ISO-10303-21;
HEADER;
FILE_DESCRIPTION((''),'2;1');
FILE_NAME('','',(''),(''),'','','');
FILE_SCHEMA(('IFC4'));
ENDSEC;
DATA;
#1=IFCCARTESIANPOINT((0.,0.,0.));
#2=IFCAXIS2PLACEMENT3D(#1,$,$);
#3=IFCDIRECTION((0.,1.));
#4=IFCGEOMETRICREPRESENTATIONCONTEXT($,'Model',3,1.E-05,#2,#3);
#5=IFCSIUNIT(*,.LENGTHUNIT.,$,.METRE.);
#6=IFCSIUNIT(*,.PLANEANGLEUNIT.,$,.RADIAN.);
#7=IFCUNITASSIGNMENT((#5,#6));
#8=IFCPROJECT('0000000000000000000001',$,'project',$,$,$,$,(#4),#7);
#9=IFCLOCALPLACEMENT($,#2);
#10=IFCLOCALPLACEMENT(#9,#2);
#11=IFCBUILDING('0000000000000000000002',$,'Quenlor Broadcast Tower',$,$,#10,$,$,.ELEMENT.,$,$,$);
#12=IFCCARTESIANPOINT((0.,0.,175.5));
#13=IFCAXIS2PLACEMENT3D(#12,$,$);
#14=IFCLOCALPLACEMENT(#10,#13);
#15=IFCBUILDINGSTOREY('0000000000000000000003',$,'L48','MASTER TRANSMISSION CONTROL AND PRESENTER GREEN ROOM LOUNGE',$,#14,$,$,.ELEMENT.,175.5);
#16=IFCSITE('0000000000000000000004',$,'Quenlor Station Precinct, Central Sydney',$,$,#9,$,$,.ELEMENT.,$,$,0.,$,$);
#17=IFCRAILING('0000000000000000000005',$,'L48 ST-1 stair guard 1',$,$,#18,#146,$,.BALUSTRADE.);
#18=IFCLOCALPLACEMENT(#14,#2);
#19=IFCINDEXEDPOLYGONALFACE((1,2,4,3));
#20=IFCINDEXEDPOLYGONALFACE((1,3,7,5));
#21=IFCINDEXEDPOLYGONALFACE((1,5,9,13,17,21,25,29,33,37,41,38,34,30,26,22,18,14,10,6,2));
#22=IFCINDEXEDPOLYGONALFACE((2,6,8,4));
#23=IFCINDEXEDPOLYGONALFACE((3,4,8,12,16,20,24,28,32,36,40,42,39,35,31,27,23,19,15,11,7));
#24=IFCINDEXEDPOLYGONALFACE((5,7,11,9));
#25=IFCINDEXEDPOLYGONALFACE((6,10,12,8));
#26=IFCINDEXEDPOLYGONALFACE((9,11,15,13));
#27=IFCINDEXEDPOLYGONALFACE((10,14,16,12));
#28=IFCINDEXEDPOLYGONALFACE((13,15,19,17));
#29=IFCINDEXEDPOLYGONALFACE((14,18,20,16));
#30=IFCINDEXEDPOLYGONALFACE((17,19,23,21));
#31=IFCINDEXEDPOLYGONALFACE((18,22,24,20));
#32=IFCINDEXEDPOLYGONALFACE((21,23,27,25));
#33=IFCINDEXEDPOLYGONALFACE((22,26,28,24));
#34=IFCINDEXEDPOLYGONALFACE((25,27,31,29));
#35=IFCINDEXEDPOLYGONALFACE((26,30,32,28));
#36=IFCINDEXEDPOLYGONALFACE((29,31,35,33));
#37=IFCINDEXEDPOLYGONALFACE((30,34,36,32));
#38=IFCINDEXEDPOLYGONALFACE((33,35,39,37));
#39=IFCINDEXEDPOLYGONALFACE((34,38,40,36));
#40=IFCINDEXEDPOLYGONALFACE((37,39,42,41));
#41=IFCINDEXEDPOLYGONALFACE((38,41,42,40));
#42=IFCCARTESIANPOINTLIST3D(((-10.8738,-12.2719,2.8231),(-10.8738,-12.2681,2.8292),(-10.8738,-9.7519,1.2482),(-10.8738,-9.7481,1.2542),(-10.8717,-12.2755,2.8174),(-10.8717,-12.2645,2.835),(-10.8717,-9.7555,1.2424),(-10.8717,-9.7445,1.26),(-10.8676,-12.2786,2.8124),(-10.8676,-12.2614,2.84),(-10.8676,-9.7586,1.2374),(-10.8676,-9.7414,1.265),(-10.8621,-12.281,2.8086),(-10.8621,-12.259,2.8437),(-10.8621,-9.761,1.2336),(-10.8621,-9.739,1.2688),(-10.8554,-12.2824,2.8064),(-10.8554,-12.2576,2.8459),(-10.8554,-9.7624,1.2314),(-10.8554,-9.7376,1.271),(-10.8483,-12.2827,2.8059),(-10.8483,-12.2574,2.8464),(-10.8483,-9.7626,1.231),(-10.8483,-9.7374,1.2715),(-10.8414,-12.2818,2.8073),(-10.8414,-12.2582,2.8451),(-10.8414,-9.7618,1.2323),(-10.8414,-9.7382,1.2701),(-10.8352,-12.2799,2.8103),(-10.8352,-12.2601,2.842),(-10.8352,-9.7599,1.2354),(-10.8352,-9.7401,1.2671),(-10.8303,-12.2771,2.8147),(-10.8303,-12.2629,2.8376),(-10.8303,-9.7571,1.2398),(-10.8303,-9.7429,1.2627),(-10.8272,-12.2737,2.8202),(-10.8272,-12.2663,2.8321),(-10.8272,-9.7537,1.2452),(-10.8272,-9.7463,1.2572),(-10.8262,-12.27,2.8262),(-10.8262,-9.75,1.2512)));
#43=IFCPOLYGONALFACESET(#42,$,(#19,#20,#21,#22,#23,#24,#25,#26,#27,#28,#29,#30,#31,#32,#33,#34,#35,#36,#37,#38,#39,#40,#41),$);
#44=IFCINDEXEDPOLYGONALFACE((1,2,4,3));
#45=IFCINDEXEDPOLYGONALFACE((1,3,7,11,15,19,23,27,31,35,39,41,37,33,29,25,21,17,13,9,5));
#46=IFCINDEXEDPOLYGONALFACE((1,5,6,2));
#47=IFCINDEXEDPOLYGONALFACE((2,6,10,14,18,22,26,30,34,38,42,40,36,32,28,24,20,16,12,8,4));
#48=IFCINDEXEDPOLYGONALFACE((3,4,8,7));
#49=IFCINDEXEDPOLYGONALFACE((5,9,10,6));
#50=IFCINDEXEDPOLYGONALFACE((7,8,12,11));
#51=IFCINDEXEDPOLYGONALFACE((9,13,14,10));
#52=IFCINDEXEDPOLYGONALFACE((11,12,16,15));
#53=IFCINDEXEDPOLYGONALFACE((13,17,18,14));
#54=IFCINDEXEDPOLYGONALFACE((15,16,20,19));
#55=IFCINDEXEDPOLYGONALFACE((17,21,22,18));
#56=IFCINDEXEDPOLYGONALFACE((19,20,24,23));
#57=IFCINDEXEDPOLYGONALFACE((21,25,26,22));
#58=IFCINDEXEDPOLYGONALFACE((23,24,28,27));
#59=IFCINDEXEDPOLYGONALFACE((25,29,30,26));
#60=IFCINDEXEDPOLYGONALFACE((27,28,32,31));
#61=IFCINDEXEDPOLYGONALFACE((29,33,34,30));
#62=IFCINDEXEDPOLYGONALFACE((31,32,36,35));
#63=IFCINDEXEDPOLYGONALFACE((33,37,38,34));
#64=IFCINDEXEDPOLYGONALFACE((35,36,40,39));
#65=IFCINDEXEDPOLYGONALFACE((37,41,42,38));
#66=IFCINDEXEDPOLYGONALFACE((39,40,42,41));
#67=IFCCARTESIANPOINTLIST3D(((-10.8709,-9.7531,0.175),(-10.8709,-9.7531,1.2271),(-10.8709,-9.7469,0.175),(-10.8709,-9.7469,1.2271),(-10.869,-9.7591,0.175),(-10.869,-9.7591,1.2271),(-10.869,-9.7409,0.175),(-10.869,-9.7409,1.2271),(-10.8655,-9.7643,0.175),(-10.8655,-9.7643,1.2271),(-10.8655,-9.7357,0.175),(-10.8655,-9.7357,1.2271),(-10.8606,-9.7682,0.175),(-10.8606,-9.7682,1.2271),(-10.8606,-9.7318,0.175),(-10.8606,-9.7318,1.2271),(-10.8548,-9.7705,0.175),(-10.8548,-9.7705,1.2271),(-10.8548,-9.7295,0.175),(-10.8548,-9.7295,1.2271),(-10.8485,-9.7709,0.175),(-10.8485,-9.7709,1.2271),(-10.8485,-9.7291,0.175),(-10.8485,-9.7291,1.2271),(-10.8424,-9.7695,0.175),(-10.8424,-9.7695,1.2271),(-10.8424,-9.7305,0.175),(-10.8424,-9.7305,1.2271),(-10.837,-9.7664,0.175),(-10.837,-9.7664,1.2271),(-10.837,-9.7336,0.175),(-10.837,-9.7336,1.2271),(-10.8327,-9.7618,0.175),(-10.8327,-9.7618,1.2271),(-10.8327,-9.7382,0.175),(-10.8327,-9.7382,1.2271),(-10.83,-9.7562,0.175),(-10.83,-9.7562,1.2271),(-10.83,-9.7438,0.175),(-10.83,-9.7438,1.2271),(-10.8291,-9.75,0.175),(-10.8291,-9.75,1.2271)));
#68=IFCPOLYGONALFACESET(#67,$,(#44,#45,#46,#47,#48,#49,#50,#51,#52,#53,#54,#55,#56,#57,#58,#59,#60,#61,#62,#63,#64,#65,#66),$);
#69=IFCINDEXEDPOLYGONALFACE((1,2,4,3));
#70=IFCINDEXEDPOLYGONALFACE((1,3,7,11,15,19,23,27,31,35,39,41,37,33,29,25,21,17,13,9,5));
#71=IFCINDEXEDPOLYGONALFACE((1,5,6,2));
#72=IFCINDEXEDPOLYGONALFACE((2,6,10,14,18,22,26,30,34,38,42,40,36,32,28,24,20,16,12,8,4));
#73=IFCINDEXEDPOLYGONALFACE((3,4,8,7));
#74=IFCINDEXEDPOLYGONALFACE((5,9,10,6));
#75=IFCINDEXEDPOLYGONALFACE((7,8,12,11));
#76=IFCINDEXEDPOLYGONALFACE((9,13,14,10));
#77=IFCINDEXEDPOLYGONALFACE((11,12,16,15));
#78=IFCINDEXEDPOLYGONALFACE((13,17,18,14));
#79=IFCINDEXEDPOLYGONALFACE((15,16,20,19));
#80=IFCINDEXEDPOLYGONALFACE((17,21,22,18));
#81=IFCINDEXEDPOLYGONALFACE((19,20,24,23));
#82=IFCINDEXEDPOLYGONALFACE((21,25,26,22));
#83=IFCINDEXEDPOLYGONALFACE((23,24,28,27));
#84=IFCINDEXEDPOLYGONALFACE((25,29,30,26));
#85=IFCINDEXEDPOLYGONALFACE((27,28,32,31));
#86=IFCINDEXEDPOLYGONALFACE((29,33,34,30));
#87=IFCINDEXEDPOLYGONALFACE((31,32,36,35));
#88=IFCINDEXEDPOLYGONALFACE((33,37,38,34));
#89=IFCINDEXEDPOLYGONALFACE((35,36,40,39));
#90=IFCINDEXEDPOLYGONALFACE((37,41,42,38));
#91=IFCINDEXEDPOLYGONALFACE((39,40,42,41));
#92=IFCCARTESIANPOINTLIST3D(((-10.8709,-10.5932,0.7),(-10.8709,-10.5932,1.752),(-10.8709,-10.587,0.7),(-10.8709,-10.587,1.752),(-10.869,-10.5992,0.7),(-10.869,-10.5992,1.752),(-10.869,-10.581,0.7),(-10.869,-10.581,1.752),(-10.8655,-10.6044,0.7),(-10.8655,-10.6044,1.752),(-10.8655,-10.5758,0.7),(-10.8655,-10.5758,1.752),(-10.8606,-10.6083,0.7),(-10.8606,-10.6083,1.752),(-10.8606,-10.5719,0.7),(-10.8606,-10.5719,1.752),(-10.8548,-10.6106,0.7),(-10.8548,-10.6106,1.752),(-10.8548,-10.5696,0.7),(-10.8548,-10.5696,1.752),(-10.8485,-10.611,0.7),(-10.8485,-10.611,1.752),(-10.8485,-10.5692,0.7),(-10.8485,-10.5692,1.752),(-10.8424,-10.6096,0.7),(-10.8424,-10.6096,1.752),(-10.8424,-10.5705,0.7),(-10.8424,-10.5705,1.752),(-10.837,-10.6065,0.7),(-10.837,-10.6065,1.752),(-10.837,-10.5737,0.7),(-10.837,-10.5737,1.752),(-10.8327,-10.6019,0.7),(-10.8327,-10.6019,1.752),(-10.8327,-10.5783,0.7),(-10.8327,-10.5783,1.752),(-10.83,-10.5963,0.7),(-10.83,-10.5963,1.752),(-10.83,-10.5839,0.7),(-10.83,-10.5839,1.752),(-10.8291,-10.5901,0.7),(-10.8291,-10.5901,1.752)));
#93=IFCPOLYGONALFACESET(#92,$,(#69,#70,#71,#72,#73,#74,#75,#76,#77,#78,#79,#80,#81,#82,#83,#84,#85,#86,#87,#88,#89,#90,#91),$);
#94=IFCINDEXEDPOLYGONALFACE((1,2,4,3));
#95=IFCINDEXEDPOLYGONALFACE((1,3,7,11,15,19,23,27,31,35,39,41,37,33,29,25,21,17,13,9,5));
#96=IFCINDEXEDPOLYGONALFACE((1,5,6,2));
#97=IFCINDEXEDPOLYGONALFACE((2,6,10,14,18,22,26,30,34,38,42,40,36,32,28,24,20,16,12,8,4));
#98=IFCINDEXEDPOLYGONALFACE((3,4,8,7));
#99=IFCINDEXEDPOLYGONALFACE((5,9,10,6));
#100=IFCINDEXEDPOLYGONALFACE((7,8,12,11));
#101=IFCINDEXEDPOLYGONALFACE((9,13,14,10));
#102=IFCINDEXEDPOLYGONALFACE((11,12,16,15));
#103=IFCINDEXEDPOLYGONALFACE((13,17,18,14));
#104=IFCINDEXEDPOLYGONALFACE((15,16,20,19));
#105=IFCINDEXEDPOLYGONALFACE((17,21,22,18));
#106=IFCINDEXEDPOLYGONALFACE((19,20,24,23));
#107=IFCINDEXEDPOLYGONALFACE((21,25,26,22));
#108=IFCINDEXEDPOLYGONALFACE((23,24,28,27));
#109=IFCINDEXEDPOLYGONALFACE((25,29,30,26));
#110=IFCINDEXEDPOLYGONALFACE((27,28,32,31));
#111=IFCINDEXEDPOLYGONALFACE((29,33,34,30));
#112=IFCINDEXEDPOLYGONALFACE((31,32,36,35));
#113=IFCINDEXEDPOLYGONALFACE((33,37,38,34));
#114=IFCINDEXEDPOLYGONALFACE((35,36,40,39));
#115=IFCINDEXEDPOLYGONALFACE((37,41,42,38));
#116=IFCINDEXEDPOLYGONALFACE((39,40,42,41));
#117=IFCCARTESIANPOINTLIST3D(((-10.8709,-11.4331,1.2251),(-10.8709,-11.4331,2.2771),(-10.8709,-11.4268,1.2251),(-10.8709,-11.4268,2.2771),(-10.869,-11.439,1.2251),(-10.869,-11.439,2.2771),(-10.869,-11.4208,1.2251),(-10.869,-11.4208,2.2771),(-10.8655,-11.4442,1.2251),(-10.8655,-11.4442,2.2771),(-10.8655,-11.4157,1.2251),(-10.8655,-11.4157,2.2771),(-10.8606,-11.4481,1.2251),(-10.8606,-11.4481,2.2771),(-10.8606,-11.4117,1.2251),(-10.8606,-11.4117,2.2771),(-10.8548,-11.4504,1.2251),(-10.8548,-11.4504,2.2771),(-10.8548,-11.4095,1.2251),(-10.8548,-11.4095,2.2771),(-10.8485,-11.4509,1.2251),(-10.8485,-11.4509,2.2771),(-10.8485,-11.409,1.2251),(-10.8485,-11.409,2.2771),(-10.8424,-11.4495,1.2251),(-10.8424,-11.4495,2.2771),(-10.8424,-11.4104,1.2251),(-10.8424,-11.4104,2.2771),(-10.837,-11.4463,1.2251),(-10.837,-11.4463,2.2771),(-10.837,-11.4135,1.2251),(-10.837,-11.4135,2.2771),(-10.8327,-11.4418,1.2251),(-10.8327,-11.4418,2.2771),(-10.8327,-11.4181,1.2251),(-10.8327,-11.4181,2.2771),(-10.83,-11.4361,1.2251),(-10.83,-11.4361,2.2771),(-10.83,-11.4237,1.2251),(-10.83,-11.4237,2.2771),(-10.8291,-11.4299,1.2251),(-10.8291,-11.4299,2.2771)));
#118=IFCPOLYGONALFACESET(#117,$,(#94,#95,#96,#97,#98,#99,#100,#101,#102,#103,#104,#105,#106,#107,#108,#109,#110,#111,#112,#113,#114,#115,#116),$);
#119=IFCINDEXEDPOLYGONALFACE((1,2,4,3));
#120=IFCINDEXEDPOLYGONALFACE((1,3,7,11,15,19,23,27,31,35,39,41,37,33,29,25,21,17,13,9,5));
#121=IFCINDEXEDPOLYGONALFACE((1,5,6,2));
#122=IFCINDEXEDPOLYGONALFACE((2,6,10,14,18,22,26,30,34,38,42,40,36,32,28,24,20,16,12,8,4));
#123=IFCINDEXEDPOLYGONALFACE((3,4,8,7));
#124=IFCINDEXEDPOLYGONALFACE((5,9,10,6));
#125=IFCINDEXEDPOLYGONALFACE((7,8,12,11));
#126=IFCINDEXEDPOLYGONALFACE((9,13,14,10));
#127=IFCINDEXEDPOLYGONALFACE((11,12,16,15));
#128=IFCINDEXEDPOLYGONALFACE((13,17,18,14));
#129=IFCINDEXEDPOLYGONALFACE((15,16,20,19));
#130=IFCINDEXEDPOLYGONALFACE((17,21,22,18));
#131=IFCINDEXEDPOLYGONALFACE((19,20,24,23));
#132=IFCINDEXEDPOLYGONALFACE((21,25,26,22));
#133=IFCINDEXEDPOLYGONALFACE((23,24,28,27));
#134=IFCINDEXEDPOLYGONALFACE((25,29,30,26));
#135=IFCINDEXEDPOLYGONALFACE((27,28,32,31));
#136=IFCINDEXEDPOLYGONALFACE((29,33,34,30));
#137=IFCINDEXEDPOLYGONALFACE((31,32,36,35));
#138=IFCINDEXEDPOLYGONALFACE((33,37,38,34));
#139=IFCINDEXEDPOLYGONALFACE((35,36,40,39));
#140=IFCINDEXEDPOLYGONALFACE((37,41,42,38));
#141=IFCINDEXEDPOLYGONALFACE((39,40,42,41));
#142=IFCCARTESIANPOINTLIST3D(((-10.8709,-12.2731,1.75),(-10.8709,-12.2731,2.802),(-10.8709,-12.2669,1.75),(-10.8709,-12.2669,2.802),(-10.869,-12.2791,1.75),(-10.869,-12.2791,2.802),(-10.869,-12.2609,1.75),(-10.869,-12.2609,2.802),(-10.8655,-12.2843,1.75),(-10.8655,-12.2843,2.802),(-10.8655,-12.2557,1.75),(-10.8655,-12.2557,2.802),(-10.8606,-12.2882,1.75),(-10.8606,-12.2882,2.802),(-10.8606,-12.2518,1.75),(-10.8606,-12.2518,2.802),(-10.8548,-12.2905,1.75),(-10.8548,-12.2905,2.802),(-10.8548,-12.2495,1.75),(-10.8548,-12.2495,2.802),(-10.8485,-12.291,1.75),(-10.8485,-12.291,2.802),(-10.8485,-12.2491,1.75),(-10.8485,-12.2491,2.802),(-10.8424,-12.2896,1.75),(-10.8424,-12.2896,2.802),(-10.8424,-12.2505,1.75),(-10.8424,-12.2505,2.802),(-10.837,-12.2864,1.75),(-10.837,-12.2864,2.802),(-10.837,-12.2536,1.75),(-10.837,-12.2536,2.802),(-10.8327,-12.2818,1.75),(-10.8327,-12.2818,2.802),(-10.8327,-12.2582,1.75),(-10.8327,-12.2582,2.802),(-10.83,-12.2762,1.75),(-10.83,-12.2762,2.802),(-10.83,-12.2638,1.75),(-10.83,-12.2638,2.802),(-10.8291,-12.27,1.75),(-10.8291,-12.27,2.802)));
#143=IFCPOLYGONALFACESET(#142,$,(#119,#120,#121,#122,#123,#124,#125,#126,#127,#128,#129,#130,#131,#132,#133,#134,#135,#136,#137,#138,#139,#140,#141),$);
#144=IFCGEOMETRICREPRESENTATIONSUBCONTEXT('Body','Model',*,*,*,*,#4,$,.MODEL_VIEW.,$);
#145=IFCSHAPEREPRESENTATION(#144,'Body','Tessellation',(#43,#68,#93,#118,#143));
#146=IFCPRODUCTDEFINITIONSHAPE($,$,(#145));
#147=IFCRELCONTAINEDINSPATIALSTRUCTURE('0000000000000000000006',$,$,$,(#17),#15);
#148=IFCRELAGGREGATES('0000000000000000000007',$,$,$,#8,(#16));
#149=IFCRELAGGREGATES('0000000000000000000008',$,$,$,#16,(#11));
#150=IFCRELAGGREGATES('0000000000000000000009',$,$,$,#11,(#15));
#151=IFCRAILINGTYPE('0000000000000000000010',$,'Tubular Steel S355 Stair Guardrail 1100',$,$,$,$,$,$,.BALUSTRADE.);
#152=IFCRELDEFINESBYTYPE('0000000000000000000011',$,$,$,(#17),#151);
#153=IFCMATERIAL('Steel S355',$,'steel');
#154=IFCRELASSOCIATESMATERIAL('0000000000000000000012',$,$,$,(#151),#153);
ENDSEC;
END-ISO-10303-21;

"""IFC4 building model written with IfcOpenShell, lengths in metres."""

from ifc_helpers import new_model, si_unit, direction, frame, origin, origin_2d, place, context, subcontext, project, spatial, circle, extrude, material, type_object, element, save


model = new_model("IFC4")

# Units and contexts
model_context = context("Model", 3, precision=1e-05, world=origin(), true_north=direction((0.0, 1.0)))
body_context = subcontext(model_context, "Body", "Model", "MODEL_VIEW")
ifc_project = project(units=[si_unit("LENGTHUNIT", "METRE"), si_unit("PLANEANGLEUNIT", "RADIAN")], contexts=[model_context])

# Site, building, storey
site_placement = place(None, origin())
site = spatial("IfcSite", under=ifc_project, at=site_placement, Name="Quenlor Station Precinct, Central Sydney", CompositionType="ELEMENT", RefElevation=0.0)
building_placement = place(site_placement, origin())
building = spatial("IfcBuilding", under=site, at=building_placement, Name="Quenlor Broadcast Tower", CompositionType="ELEMENT")
storey_placement = place(building_placement, frame((0.0, 0.0, 175.5)))
storey = spatial("IfcBuildingStorey", under=building, at=storey_placement, Name="L48", Description="MASTER TRANSMISSION CONTROL AND PRESENTER GREEN ROOM LOUNGE", CompositionType="ELEMENT", Elevation=175.5)

# Railing
ifc_material_1 = material(Name="Steel S355", Category="steel")
railing_type_1 = type_object("IfcRailingType", Name="Tubular Steel S355 Stair Guardrail 1100", PredefinedType="BALUSTRADE", material=ifc_material_1)
railing_1_placement = place(storey_placement, frame((-10.8501, -9.75, 0.175)))
element("IfcRailing", 1, at=railing_1_placement, inside=storey, type_object=railing_type_1, Name="L48 ST-1 stair guard 1", PredefinedType="BALUSTRADE", context=body_context, shape_type="SweptSolid", body=[
    extrude(circle(Radius=0.0239, at=origin_2d()), frame((0.0, 0.0, 1.0762), z_axis=(0.0, -0.848008, 0.529984), x_axis=(1.0, 0.0, 0.0)), (0.0, 0.0, 1.0), 2.9717),
    extrude(circle(Radius=0.021, at=origin_2d()), origin(), (0.0, 0.0, 1.0), 1.052),
    extrude(circle(Radius=0.021, at=origin_2d()), frame((0.0, -0.8401, 0.5249)), (0.0, 0.0, 1.0), 1.052),
    extrude(circle(Radius=0.021, at=origin_2d()), frame((0.0, -1.6799, 1.05)), (0.0, 0.0, 1.0), 1.052),
    extrude(circle(Radius=0.021, at=origin_2d()), frame((0.0, -2.52, 1.575)), (0.0, 0.0, 1.0), 1.052),
])

save(model, "model.ifc")
